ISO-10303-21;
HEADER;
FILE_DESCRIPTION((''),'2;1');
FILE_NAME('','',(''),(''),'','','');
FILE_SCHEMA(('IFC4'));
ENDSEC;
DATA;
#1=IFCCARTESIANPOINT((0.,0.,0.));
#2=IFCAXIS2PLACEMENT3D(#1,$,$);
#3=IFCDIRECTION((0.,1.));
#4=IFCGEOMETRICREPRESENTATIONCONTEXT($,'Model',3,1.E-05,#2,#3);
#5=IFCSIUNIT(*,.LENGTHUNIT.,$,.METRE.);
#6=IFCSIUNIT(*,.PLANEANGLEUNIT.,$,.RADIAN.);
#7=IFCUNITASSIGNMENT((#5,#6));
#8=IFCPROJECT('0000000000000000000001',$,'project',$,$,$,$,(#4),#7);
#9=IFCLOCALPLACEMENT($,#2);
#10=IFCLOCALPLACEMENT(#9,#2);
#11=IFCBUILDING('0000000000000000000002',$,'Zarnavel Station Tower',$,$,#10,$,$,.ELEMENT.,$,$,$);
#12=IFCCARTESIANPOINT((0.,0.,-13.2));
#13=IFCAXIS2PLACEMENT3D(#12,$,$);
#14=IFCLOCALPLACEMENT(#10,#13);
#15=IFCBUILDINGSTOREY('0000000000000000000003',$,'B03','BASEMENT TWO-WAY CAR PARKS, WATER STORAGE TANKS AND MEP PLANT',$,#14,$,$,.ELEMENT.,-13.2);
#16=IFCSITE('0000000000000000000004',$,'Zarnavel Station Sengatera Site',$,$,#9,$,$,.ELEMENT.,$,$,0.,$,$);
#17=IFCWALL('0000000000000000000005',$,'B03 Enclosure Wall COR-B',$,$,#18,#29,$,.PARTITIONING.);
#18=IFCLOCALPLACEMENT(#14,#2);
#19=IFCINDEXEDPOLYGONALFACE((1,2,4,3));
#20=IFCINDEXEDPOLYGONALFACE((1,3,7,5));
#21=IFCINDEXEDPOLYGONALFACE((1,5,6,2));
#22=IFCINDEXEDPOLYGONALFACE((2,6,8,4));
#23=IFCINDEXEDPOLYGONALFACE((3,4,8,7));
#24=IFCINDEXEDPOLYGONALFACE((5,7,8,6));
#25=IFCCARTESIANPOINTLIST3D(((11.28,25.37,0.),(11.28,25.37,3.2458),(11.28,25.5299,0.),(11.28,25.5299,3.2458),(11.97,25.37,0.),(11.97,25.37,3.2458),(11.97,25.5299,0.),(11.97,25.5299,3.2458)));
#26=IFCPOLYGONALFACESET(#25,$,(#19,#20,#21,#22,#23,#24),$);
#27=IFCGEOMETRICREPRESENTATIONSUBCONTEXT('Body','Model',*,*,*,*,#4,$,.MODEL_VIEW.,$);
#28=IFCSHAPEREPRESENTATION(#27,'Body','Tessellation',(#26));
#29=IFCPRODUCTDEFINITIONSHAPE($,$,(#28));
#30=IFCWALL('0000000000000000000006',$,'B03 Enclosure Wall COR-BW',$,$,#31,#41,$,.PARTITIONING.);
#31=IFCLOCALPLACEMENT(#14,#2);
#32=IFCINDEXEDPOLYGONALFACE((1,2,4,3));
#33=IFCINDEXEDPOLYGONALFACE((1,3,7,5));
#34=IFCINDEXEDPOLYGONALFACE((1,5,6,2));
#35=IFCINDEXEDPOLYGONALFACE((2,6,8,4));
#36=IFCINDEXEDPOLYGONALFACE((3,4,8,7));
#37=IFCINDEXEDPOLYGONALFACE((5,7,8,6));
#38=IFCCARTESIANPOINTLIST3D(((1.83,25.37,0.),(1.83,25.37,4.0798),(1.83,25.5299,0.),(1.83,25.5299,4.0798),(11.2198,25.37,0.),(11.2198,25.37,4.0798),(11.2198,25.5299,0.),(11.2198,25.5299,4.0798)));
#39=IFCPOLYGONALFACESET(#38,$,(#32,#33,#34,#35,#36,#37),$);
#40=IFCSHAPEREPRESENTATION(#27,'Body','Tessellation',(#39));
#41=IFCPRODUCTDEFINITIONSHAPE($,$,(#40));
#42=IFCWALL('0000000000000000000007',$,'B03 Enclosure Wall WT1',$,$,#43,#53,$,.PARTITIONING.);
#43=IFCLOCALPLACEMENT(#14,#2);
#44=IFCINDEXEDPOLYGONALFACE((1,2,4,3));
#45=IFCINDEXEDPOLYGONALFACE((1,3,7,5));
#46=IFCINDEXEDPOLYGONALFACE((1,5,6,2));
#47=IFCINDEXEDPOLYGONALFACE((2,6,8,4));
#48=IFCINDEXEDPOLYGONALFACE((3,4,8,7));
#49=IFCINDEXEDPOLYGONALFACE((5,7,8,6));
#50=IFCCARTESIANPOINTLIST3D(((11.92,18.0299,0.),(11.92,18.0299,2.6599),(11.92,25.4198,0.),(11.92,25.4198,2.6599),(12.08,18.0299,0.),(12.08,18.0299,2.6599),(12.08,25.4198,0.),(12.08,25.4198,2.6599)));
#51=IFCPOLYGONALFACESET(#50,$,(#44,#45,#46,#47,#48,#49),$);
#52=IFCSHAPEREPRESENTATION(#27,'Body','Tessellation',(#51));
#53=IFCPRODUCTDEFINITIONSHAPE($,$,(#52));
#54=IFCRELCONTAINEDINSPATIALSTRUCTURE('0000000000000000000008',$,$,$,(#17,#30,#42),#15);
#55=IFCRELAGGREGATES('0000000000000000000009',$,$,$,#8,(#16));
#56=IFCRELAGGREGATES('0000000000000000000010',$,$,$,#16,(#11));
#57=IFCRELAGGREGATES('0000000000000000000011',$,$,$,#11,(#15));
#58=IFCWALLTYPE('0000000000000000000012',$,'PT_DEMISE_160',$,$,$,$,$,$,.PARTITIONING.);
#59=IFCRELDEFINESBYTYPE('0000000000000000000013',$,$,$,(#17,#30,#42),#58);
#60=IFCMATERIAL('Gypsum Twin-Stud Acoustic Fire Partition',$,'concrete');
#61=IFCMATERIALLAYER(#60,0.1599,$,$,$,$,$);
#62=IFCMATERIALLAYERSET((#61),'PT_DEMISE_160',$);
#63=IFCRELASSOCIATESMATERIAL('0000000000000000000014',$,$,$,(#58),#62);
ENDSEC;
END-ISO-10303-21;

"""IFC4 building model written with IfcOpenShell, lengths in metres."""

from ifc_helpers import new_model, si_unit, direction, frame, frame_2d, origin, place, context, subcontext, project, spatial, rectangle, extrude, material, layer, layer_set, type_object, element, save


model = new_model("IFC4")

# Units and contexts
model_context = context("Model", 3, precision=1e-05, world=origin(), true_north=direction((0.0, 1.0)))
body_context = subcontext(model_context, "Body", "Model", "MODEL_VIEW")
ifc_project = project(units=[si_unit("LENGTHUNIT", "METRE"), si_unit("PLANEANGLEUNIT", "RADIAN")], contexts=[model_context])

# Site, building, storey
site_placement = place(None, origin())
site = spatial("IfcSite", under=ifc_project, at=site_placement, Name="Zarnavel Station Sengatera Site", CompositionType="ELEMENT", RefElevation=0.0)
building_placement = place(site_placement, origin())
building = spatial("IfcBuilding", under=site, at=building_placement, Name="Zarnavel Station Tower", CompositionType="ELEMENT")
storey_placement = place(building_placement, frame((0.0, 0.0, -13.2)))
storey = spatial("IfcBuildingStorey", under=building, at=storey_placement, Name="B03", Description="BASEMENT TWO-WAY CAR PARKS, WATER STORAGE TANKS AND MEP PLANT", CompositionType="ELEMENT", Elevation=-13.2)

# Shared definitions
ifc_material_1 = material(Name="Gypsum Twin-Stud Acoustic Fire Partition", Category="concrete")
ifc_layer = layer(ifc_material_1, 0.1599)
ifc_layer_set = layer_set([ifc_layer], Name="PT_DEMISE_160")
wall_type = type_object("IfcWallType", Name="PT_DEMISE_160", PredefinedType="PARTITIONING", material=ifc_layer_set)

# Walls
wall_1_placement = place(storey_placement, frame((11.28, 25.45, 0.0), z_axis=(0.0, 0.0, 1.0), x_axis=(1.0, 0.0, 0.0)))
element("IfcWall", 1, at=wall_1_placement, inside=storey, type_object=wall_type, Name="B03 Enclosure Wall COR-B", PredefinedType="PARTITIONING", context=body_context, shape_type="SweptSolid", body=[
    extrude(rectangle(XDim=0.6899, YDim=0.1599, at=frame_2d((0.345, 0.0))), origin(), (0.0, 0.0, 1.0), 3.2458),
])
wall_2_placement = place(storey_placement, frame((1.8301, 25.45, 0.0), z_axis=(0.0, 0.0, 1.0), x_axis=(1.0, 0.0, 0.0)))
element("IfcWall", 2, at=wall_2_placement, inside=storey, type_object=wall_type, Name="B03 Enclosure Wall COR-BW", PredefinedType="PARTITIONING", context=body_context, shape_type="SweptSolid", body=[
    extrude(rectangle(XDim=9.3899, YDim=0.1599, at=frame_2d((4.6948, 0.0))), origin(), (0.0, 0.0, 1.0), 4.0798),
])
wall_3_placement = place(storey_placement, frame((12.0, 18.03, 0.0), z_axis=(0.0, 0.0, 1.0), x_axis=(0.0, 1.0, 0.0)))
element("IfcWall", 3, at=wall_3_placement, inside=storey, type_object=wall_type, Name="B03 Enclosure Wall WT1", PredefinedType="PARTITIONING", context=body_context, shape_type="SweptSolid", body=[
    extrude(rectangle(XDim=7.3899, YDim=0.1599, at=frame_2d((3.6948, 0.0))), origin(), (0.0, 0.0, 1.0), 2.6599),
])

save(model, "model.ifc")
